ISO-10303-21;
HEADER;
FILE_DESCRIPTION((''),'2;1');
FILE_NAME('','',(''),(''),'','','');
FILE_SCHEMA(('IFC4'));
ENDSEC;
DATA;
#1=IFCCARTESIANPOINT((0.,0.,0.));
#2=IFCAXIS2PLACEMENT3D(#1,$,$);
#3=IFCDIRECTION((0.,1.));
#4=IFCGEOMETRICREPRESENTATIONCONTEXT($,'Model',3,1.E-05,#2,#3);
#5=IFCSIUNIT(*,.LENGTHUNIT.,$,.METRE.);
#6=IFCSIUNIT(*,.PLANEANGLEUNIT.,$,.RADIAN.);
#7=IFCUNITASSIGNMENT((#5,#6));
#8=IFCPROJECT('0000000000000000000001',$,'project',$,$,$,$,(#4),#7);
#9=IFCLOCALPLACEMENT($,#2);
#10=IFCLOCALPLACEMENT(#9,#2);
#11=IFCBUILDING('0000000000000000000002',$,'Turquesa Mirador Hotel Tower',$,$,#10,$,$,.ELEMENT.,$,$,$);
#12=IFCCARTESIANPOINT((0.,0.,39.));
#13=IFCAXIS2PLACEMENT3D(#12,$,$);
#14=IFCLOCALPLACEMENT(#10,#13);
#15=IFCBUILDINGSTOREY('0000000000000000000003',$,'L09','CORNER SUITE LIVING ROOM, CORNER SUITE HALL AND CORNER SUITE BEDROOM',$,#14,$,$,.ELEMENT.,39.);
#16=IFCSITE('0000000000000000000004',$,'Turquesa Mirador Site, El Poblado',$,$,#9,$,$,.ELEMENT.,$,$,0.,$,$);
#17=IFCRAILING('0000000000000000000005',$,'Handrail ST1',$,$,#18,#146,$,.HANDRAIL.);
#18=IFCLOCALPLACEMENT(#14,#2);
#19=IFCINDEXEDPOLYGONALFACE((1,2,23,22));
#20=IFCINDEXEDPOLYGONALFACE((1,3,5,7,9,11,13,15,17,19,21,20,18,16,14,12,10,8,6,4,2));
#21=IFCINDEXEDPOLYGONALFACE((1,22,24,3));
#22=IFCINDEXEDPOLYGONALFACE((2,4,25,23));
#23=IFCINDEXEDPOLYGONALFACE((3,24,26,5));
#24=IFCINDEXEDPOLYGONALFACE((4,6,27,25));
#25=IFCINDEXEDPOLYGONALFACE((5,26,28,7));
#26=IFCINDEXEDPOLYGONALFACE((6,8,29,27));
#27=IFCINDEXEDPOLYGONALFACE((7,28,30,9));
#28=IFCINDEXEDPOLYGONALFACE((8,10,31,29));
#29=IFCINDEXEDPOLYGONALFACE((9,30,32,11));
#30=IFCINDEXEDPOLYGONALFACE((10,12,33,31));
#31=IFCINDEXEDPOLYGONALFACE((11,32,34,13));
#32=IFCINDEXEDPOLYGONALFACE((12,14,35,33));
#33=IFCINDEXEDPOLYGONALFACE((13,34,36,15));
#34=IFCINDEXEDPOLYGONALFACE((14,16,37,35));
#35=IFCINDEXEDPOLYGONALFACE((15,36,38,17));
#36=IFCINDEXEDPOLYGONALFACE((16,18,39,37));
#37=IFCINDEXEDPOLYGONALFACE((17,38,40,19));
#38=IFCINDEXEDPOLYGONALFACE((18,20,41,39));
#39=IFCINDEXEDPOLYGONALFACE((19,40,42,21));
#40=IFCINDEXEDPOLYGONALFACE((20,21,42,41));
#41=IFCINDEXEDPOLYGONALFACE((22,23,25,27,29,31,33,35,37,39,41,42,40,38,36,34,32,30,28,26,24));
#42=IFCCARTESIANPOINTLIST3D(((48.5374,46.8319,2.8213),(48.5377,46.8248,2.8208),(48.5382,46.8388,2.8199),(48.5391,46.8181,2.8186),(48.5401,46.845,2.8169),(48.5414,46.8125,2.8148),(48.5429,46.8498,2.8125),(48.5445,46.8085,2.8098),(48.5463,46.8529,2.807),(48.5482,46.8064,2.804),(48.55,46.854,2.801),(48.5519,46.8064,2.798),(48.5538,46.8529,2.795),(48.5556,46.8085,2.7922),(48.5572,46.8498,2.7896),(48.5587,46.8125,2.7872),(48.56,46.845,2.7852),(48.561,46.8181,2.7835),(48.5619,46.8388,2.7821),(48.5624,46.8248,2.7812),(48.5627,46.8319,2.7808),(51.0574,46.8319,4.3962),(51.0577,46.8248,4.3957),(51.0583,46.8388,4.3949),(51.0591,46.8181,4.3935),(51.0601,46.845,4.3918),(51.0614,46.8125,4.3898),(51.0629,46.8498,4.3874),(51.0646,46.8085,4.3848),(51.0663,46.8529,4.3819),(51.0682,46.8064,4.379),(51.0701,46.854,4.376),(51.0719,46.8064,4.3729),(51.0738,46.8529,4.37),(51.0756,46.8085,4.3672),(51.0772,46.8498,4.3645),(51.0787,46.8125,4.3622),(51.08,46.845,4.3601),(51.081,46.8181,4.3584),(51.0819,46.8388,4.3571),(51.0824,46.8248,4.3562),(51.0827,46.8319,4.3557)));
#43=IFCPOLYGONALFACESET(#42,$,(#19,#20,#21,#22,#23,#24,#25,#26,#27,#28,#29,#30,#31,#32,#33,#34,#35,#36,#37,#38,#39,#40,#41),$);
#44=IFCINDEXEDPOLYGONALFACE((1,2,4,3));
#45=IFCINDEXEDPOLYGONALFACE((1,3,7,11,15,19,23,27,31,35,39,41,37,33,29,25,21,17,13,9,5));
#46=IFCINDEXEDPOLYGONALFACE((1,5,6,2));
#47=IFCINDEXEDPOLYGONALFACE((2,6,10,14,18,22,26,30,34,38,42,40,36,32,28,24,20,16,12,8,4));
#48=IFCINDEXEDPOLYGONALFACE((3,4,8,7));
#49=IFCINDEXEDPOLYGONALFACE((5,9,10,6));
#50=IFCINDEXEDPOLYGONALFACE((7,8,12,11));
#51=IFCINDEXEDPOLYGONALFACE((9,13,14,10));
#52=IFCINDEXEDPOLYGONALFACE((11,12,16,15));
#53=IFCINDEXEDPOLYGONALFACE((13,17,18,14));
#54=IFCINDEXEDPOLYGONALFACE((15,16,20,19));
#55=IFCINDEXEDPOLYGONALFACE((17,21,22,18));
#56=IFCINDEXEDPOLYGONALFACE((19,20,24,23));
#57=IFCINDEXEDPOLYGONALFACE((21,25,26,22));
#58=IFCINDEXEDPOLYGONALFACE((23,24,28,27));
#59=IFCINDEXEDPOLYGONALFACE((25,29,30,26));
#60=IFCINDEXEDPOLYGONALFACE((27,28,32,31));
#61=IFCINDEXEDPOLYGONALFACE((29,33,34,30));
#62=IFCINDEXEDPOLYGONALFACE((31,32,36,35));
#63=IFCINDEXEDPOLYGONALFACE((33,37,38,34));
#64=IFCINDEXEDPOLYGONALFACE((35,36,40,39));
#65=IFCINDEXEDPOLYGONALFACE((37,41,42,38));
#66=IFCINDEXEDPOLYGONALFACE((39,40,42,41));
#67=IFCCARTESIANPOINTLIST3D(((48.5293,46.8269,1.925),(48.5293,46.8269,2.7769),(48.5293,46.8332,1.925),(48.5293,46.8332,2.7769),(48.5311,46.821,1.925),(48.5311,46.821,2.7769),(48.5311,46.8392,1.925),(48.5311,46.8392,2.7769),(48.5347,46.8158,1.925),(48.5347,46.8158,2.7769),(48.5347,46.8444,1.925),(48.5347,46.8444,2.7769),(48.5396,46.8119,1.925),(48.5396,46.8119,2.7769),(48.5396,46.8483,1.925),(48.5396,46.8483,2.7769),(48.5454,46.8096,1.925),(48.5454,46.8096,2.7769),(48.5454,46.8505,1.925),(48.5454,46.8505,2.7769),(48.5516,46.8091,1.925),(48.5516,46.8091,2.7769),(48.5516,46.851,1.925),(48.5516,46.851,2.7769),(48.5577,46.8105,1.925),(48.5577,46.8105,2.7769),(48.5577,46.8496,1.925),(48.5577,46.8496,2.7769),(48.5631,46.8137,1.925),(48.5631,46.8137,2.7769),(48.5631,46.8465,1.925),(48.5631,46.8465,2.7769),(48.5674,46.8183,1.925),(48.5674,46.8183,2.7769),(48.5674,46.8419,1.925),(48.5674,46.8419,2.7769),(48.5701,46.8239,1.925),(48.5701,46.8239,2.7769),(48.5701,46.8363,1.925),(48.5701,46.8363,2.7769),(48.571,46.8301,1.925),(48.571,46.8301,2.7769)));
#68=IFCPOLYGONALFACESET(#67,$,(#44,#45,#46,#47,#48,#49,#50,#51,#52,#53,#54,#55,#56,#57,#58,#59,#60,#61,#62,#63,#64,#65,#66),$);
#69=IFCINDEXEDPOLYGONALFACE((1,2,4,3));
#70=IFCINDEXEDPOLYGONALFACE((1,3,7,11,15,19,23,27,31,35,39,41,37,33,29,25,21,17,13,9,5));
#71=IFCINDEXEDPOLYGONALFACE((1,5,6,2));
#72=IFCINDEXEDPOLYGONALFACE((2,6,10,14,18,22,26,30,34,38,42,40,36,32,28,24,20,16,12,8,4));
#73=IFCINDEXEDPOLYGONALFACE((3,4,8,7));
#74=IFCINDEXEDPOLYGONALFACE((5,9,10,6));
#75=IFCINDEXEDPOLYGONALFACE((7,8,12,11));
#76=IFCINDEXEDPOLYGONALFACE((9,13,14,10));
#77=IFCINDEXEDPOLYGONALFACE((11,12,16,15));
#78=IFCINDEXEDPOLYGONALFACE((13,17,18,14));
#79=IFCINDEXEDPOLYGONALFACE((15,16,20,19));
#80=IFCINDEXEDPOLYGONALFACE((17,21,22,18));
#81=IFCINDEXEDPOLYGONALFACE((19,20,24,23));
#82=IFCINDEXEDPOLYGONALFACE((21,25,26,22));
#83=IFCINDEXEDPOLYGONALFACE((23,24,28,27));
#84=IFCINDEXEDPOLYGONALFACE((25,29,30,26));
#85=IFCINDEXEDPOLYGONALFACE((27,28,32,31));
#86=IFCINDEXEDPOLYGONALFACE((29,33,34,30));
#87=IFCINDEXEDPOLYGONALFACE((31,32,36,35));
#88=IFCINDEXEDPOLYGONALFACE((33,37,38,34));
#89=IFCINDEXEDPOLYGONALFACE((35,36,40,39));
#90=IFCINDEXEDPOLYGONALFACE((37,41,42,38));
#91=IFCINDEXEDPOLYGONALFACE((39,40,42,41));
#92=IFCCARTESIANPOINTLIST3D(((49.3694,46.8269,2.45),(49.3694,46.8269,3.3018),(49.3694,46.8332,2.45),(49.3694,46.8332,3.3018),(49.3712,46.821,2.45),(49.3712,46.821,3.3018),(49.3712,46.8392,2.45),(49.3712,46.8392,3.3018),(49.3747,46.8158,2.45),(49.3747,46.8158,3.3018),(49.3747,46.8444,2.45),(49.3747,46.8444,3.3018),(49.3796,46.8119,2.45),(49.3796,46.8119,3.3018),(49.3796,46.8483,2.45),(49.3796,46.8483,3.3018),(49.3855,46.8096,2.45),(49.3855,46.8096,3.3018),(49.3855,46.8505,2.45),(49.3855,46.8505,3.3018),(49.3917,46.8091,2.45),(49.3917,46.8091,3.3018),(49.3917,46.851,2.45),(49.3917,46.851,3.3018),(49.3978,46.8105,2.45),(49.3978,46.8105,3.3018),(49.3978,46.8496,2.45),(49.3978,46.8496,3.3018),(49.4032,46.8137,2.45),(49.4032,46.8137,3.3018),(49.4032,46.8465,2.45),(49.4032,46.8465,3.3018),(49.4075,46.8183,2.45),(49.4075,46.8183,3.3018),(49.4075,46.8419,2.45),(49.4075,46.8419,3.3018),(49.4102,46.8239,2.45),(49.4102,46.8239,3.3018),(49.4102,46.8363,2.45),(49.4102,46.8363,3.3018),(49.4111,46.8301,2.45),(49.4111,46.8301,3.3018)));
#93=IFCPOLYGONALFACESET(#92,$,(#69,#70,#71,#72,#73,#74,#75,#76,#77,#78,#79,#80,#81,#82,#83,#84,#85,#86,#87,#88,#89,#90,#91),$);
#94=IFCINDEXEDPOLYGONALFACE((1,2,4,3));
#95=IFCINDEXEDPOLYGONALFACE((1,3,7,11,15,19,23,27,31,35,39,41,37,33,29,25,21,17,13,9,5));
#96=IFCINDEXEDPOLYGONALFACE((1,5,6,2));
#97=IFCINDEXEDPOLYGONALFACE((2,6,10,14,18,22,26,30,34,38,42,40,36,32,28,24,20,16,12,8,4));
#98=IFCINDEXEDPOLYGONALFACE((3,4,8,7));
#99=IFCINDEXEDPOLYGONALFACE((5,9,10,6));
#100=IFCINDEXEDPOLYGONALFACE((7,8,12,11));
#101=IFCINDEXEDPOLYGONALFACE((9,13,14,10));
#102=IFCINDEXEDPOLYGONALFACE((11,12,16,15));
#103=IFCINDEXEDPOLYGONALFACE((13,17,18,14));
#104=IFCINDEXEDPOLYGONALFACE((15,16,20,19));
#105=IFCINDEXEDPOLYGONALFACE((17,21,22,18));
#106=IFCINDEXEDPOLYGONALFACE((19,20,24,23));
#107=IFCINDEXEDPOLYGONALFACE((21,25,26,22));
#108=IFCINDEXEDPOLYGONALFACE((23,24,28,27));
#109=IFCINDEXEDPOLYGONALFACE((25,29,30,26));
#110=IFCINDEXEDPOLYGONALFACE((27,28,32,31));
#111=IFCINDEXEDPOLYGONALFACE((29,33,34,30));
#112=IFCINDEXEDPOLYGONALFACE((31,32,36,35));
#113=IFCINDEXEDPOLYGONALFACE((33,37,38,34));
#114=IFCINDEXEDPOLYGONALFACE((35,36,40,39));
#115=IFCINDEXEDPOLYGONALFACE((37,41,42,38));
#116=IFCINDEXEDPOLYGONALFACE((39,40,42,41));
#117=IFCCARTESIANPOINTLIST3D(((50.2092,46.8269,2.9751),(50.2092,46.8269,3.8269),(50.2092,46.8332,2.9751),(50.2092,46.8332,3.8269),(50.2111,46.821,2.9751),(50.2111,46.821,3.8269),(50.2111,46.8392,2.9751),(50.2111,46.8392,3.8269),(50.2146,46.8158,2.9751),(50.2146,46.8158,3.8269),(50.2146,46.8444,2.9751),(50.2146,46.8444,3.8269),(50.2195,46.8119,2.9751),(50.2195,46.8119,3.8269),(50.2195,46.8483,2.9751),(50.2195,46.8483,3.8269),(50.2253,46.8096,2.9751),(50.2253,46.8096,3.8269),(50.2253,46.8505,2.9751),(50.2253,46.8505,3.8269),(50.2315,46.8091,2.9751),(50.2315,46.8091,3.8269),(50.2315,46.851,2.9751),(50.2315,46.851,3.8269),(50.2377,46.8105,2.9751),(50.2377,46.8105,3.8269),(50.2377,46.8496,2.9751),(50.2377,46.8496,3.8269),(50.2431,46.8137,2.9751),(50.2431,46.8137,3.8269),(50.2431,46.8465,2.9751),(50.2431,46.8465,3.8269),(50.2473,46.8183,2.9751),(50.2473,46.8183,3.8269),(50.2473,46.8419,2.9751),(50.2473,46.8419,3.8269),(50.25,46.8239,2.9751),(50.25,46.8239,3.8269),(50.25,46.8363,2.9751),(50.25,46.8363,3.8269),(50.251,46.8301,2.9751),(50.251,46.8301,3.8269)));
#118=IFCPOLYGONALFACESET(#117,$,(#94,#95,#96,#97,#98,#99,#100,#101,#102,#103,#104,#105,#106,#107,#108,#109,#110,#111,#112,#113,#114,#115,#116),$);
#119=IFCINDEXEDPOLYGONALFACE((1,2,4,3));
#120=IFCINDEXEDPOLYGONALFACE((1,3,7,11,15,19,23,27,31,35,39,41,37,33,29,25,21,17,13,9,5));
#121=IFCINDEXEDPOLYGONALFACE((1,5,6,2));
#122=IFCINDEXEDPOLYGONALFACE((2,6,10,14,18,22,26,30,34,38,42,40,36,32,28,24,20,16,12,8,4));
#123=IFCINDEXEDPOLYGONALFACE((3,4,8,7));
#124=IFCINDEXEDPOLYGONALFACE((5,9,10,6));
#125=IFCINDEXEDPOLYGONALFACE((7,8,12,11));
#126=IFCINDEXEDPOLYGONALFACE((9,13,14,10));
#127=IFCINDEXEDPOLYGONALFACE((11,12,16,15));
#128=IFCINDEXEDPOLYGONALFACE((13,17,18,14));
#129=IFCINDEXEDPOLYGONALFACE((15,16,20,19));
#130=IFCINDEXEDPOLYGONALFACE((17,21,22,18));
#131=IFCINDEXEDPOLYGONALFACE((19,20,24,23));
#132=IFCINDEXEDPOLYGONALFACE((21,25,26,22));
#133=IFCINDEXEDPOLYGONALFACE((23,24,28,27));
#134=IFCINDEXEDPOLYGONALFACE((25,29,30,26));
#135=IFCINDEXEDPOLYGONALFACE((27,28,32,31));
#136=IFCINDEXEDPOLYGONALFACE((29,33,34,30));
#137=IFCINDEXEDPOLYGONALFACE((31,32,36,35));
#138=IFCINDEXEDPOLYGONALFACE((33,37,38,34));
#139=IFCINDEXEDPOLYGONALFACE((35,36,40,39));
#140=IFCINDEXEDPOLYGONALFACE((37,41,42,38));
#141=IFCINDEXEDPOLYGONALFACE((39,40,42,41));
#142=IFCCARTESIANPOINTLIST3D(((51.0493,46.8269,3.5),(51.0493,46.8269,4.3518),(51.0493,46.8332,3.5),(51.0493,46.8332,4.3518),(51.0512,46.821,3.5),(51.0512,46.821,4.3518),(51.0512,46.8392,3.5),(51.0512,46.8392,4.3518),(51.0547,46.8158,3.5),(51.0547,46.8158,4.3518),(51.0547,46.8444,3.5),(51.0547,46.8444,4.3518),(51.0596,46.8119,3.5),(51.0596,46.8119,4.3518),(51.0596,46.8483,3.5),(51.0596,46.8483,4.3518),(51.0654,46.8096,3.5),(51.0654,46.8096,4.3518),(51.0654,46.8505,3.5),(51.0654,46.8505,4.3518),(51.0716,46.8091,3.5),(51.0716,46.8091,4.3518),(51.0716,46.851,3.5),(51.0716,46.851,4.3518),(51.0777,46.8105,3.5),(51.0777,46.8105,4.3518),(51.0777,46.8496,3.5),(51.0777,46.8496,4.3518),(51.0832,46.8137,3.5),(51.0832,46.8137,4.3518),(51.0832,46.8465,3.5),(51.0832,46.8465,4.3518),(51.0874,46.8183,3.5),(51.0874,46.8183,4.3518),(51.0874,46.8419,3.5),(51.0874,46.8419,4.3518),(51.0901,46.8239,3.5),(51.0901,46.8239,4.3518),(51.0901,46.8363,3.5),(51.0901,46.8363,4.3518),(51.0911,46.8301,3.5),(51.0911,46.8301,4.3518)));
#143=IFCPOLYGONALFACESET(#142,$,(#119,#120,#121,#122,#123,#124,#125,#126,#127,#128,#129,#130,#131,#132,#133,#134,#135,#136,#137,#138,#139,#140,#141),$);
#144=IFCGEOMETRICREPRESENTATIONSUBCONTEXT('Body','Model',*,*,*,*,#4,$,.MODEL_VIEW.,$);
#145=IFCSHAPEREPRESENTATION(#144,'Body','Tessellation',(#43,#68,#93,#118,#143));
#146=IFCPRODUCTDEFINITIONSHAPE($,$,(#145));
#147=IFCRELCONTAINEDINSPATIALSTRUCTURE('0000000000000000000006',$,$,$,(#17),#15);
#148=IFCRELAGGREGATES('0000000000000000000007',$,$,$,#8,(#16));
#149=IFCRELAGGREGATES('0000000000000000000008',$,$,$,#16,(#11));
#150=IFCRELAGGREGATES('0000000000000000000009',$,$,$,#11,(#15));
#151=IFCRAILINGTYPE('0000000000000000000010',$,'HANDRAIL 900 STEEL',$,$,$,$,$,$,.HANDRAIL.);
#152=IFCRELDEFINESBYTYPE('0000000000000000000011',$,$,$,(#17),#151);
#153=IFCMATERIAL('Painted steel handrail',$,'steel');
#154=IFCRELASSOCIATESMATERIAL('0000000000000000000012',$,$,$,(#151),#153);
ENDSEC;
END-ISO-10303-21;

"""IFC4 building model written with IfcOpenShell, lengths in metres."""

from ifc_helpers import new_model, si_unit, direction, frame, origin, origin_2d, place, context, subcontext, project, spatial, circle, extrude, material, type_object, element, save


model = new_model("IFC4")

# Units and contexts
model_context = context("Model", 3, precision=1e-05, world=origin(), true_north=direction((0.0, 1.0)))
body_context = subcontext(model_context, "Body", "Model", "MODEL_VIEW")
ifc_project = project(units=[si_unit("LENGTHUNIT", "METRE"), si_unit("PLANEANGLEUNIT", "RADIAN")], contexts=[model_context])

# Site, building, storey
site_placement = place(None, origin())
site = spatial("IfcSite", under=ifc_project, at=site_placement, Name="Turquesa Mirador Site, El Poblado", CompositionType="ELEMENT", RefElevation=0.0)
building_placement = place(site_placement, origin())
building = spatial("IfcBuilding", under=site, at=building_placement, Name="Turquesa Mirador Hotel Tower", CompositionType="ELEMENT")
storey_placement = place(building_placement, frame((0.0, 0.0, 39.0)))
storey = spatial("IfcBuildingStorey", under=building, at=storey_placement, Name="L09", Description="CORNER SUITE LIVING ROOM, CORNER SUITE HALL AND CORNER SUITE BEDROOM", CompositionType="ELEMENT", Elevation=39.0)

# Railing
ifc_material_1 = material(Name="Painted steel handrail", Category="steel")
railing_type = type_object("IfcRailingType", Name="HANDRAIL 900 STEEL", PredefinedType="HANDRAIL", material=ifc_material_1)
for number, where, name in (
    (1, (48.55, 46.8301, 1.925), "Handrail ST1"),
):
    element("IfcRailing", number, at=place(storey_placement, frame(where)), inside=storey, type_object=railing_type, Name=name, PredefinedType="HANDRAIL", context=body_context, shape_type="SweptSolid", body=[
        extrude(circle(Radius=0.0239, at=origin_2d()), frame((0.0, 0.0, 0.876), z_axis=(0.848008, 0.0, 0.529984), x_axis=(0.0, 1.0, 0.0)), (0.0, 0.0, 1.0), 2.9717),
        extrude(circle(Radius=0.021, at=origin_2d()), origin(), (0.0, 0.0, 1.0), 0.8518),
        extrude(circle(Radius=0.021, at=origin_2d()), frame((0.8401, 0.0, 0.5249)), (0.0, 0.0, 1.0), 0.8518),
        extrude(circle(Radius=0.021, at=origin_2d()), frame((1.6799, 0.0, 1.05)), (0.0, 0.0, 1.0), 0.8518),
        extrude(circle(Radius=0.021, at=origin_2d()), frame((2.52, 0.0, 1.575)), (0.0, 0.0, 1.0), 0.8518),
    ])

save(model, "model.ifc")
